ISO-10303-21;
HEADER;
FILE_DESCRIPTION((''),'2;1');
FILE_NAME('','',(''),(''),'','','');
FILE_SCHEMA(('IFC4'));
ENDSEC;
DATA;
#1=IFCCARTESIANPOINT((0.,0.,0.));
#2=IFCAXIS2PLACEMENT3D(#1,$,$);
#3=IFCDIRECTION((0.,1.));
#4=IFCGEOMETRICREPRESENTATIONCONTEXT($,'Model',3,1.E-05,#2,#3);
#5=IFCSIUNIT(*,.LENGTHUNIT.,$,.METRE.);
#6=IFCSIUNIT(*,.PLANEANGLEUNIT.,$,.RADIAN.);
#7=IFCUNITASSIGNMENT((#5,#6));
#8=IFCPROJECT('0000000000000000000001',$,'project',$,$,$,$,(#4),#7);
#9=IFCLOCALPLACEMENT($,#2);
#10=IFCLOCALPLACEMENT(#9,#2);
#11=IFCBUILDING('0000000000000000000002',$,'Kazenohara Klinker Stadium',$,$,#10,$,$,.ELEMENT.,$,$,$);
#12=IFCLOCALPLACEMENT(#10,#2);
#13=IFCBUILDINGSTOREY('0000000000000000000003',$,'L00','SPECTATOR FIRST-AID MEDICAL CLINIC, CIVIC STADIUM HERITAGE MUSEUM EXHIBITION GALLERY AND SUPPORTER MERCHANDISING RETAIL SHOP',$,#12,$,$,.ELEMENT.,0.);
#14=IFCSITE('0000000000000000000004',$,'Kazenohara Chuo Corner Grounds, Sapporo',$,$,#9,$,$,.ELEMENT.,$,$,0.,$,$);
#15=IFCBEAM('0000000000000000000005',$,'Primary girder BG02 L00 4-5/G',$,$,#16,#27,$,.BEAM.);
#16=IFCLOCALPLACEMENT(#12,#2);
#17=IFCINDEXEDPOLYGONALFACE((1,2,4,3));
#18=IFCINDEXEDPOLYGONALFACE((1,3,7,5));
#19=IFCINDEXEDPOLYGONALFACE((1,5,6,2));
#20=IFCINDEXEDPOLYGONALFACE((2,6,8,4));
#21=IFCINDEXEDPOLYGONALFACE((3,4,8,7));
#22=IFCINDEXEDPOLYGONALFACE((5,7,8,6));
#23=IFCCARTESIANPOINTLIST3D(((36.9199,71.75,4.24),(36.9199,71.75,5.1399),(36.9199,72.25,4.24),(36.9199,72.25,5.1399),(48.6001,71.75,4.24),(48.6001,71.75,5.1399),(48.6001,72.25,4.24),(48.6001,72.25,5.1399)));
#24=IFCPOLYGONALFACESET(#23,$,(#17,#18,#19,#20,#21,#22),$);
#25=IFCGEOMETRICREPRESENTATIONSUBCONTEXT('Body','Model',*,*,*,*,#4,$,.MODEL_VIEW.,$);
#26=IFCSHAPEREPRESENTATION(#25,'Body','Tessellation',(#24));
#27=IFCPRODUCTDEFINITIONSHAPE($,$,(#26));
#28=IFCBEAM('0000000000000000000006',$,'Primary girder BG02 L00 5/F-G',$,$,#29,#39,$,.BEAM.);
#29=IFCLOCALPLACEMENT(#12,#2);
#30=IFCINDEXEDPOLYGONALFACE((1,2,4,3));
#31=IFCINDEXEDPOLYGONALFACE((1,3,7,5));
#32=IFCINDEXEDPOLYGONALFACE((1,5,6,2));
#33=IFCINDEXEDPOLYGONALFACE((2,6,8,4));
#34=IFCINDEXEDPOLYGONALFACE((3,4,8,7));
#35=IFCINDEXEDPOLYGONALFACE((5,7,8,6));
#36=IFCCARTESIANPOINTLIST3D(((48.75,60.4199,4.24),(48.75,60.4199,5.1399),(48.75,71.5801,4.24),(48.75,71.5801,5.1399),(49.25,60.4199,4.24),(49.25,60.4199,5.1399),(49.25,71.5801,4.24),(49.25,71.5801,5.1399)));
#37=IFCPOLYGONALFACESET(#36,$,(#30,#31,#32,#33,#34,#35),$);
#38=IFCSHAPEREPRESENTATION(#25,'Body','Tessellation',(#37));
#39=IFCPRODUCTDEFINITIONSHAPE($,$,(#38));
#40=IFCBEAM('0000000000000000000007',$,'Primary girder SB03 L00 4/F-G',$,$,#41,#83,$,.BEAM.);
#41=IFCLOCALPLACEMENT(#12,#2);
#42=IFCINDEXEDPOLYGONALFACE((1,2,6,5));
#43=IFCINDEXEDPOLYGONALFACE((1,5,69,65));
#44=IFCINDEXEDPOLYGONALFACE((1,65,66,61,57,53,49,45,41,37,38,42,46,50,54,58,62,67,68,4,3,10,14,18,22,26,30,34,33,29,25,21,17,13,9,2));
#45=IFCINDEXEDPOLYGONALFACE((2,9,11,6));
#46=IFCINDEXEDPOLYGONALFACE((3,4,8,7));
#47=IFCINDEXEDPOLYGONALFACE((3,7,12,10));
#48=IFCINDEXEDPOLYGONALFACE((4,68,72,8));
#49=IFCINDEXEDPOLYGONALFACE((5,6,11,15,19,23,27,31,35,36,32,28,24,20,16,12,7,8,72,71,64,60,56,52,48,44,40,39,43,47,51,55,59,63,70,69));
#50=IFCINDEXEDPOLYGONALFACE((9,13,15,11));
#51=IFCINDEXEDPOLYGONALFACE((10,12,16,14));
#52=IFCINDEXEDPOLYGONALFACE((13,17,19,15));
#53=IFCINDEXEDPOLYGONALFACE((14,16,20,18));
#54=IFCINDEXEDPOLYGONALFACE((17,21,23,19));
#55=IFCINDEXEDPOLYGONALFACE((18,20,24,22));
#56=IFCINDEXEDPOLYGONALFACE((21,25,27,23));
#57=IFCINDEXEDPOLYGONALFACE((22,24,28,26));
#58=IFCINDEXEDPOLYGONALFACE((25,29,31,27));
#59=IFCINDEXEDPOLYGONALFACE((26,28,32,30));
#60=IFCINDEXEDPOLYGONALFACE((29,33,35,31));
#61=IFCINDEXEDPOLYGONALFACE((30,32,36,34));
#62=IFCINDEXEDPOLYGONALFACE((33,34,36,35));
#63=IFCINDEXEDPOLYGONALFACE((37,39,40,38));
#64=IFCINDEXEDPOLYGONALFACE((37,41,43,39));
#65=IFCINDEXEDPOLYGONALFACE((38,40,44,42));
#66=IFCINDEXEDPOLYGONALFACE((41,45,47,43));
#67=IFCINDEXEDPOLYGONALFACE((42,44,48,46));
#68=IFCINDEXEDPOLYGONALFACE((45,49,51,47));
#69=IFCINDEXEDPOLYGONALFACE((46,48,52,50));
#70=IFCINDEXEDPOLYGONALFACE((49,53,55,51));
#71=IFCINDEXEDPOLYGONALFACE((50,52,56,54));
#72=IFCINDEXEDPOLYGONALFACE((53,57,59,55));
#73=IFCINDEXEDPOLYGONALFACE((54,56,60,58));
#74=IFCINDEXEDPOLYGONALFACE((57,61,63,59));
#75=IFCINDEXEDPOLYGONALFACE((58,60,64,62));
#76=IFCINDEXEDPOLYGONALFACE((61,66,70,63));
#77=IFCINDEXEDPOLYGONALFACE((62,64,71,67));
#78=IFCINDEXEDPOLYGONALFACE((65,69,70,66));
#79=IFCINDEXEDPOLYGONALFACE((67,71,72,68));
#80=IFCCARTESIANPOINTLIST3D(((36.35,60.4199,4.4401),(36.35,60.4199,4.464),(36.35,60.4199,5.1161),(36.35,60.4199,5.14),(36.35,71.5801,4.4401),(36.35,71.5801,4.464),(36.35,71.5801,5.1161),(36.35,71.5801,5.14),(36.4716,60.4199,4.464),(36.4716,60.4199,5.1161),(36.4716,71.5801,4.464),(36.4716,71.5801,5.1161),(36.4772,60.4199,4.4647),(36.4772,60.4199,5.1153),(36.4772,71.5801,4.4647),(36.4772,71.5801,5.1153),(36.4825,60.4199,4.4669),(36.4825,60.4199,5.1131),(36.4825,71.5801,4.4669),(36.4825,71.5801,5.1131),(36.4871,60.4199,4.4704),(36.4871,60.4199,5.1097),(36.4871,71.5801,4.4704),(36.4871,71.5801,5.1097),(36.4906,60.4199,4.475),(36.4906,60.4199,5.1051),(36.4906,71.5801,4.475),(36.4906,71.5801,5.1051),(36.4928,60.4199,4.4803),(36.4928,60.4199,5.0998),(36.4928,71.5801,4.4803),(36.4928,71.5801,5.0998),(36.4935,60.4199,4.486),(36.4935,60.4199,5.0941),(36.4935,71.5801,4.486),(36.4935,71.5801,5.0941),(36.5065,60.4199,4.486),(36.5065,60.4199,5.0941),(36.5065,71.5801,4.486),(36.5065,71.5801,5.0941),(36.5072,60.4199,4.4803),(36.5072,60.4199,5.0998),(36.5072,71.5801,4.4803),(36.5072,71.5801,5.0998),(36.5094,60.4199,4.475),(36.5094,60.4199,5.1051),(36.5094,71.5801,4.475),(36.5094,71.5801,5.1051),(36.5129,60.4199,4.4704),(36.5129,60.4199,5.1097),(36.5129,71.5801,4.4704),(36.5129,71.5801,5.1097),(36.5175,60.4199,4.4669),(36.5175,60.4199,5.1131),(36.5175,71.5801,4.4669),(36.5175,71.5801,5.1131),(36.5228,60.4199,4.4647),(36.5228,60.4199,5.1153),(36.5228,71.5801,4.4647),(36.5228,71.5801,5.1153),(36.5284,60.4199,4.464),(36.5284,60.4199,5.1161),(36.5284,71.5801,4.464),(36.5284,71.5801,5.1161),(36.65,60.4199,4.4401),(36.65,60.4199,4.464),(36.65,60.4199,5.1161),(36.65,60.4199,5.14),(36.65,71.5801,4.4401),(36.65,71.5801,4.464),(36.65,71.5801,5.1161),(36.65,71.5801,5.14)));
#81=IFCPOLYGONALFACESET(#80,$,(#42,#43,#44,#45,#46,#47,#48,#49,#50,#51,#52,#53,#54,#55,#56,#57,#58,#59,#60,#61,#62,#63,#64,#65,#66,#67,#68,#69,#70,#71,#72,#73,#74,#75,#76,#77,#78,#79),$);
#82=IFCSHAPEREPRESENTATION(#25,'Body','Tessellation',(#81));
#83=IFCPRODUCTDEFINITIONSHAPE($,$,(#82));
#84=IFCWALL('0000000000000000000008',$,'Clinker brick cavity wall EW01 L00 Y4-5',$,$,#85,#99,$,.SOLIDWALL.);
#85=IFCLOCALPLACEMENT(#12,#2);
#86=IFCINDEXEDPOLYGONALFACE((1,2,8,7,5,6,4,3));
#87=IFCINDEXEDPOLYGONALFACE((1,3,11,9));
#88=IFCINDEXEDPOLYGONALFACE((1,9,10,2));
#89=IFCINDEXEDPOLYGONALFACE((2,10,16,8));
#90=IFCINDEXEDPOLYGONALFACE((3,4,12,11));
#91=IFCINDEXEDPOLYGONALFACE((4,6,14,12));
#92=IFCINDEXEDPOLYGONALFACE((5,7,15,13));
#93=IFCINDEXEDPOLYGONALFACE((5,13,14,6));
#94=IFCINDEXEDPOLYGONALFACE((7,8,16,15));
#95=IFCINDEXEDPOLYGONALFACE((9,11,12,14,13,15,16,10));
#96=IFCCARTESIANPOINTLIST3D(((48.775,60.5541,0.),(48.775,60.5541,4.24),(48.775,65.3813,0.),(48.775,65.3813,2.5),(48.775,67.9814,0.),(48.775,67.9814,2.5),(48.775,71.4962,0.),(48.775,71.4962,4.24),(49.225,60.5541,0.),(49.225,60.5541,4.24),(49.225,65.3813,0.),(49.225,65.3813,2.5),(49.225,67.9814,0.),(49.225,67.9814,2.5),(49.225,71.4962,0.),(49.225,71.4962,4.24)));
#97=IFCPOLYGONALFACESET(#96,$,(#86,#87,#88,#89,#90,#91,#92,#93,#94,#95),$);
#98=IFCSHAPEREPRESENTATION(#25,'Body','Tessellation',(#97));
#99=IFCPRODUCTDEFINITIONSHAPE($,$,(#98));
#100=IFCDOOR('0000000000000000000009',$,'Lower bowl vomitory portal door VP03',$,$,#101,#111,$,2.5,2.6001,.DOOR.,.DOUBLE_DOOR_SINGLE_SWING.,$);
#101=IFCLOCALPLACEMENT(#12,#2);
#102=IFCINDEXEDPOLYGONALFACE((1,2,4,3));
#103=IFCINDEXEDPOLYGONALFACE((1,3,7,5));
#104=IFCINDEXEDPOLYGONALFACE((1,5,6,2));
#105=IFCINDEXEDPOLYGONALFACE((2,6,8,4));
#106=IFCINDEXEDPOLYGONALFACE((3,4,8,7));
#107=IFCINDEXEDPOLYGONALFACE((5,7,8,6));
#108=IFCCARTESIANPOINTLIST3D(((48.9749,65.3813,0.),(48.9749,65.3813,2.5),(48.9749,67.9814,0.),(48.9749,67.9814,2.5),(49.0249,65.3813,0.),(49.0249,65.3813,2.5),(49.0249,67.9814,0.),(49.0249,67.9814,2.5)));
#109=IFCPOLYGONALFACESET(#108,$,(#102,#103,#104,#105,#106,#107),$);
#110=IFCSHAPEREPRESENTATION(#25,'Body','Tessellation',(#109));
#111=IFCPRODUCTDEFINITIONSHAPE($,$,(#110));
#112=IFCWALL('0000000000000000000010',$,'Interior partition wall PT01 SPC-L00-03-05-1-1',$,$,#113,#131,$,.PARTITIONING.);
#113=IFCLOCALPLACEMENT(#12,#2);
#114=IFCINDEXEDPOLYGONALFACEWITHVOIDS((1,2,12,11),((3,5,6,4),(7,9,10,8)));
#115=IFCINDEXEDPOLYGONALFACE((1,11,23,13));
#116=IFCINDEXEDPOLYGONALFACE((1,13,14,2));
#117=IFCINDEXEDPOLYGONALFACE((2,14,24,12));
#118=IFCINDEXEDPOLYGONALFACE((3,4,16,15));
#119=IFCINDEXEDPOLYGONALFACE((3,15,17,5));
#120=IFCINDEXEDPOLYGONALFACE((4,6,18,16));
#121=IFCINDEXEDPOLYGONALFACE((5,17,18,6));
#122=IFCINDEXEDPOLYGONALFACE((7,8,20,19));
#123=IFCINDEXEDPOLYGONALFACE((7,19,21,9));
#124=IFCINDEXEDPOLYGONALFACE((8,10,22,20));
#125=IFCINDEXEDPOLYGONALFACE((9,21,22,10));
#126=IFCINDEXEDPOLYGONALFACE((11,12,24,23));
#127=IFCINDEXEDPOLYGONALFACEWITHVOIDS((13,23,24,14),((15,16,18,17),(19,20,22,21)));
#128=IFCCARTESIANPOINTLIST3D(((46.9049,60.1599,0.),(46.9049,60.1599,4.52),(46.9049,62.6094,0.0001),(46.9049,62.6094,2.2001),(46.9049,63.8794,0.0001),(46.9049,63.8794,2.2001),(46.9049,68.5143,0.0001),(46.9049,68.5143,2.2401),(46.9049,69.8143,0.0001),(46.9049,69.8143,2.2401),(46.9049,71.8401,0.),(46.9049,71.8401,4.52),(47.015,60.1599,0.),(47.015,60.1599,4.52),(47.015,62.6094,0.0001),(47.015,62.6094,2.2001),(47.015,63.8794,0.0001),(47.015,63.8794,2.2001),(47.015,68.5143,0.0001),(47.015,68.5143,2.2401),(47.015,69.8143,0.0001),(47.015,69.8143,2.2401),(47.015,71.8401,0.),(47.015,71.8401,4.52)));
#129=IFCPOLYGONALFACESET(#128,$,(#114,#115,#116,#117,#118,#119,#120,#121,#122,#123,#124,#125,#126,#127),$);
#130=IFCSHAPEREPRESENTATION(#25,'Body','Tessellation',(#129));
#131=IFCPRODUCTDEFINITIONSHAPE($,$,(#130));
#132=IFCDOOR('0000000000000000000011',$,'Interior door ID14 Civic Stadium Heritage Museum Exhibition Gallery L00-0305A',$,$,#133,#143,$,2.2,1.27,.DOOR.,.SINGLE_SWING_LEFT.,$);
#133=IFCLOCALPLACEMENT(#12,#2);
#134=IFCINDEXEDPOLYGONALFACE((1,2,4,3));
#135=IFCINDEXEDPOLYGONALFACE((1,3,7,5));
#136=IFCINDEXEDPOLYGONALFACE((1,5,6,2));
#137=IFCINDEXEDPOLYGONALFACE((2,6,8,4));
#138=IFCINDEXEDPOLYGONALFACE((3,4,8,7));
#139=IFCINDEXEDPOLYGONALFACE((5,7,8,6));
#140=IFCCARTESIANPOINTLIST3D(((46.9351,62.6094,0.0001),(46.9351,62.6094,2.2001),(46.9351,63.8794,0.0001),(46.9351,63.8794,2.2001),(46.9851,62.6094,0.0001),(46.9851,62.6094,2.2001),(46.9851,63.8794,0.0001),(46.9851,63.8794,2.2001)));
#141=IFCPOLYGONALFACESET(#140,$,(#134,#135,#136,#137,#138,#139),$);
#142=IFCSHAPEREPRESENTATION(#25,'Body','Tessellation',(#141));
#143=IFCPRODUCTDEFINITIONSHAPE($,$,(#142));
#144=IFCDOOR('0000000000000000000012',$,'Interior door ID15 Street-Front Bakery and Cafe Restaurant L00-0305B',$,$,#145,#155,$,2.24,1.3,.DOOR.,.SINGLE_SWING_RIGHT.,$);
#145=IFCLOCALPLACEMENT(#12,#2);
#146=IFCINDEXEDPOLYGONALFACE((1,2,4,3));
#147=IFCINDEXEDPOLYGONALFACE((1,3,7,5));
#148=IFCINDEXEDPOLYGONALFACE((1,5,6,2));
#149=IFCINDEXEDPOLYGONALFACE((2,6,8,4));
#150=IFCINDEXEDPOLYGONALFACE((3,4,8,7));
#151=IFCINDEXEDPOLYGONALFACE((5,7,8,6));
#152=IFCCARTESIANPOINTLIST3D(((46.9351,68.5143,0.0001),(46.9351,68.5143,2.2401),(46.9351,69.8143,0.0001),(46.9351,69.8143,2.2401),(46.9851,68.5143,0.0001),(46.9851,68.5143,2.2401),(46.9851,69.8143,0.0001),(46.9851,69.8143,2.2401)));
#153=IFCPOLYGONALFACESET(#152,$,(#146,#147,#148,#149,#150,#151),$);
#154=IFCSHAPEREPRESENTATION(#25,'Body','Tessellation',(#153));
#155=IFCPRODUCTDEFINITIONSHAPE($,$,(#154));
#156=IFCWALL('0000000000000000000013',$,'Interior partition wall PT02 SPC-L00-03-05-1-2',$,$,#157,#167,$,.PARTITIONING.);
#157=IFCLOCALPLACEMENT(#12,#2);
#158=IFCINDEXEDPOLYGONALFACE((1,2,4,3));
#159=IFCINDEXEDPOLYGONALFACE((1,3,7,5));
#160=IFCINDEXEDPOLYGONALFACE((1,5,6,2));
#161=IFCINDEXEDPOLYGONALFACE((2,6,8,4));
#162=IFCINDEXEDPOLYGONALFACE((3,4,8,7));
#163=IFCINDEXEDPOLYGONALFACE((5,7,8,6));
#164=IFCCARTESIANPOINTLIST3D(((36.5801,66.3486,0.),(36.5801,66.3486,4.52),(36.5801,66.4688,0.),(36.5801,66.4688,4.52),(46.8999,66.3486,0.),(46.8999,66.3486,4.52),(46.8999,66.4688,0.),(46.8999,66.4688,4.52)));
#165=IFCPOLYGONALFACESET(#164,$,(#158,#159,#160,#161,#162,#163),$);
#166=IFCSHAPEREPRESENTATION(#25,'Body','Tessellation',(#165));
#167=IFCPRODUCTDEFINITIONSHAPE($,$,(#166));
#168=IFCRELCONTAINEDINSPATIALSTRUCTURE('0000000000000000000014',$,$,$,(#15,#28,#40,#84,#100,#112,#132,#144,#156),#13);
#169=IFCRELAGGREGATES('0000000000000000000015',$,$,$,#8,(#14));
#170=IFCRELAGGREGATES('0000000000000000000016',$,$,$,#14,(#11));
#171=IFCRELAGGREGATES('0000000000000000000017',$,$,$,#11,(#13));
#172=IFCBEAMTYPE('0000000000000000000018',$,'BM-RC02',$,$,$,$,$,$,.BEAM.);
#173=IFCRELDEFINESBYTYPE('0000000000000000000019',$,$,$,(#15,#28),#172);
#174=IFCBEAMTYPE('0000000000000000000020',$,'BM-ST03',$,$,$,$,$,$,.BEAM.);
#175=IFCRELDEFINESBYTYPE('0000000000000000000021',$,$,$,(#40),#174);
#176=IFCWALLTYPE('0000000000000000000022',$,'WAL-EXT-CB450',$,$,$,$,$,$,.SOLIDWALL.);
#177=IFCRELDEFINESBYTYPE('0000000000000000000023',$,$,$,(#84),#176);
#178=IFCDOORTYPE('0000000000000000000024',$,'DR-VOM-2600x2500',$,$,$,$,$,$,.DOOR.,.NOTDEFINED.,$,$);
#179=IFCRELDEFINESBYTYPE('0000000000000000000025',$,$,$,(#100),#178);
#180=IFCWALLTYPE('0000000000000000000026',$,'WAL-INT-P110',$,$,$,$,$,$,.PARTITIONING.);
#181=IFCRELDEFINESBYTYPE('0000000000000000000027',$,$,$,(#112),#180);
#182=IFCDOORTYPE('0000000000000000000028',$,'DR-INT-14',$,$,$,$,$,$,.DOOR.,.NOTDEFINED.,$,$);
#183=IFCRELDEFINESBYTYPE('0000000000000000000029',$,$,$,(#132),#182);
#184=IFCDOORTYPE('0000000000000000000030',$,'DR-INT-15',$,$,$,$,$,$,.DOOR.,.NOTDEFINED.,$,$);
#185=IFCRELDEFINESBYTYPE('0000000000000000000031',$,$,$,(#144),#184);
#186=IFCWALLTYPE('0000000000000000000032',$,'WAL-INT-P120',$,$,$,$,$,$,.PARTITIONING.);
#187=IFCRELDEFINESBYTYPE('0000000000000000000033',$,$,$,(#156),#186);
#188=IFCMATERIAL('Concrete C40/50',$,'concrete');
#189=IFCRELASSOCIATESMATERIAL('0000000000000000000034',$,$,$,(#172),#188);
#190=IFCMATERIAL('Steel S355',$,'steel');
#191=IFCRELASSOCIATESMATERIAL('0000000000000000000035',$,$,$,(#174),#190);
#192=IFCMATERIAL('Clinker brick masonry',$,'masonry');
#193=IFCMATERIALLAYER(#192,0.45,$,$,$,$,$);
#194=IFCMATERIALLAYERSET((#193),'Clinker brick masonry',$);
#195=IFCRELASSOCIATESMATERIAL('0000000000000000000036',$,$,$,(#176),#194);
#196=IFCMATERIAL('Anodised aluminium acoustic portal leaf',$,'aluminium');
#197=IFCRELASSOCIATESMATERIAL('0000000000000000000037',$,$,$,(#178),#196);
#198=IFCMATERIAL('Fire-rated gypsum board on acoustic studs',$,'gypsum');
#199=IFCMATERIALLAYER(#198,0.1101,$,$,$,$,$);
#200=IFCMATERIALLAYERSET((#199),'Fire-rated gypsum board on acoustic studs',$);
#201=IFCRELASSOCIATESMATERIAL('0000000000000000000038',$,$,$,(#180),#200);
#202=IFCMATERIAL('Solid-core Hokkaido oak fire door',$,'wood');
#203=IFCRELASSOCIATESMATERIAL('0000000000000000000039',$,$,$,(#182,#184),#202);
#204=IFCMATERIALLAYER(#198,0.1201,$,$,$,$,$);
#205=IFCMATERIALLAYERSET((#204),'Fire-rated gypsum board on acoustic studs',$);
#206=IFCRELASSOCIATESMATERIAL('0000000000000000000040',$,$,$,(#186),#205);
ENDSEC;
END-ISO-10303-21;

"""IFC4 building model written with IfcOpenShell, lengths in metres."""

from ifc_helpers import new_model, si_unit, direction, frame, frame_2d, origin, origin_2d, place, context, subcontext, project, spatial, rectangle, i_section, extrude, material, layer, layer_set, material_profile, profile_set, type_object, element, fill, save


model = new_model("IFC4")

# Units and contexts
model_context = context("Model", 3, precision=1e-05, world=origin(), true_north=direction((0.0, 1.0)))
body_context = subcontext(model_context, "Body", "Model", "MODEL_VIEW")
ifc_project = project(units=[si_unit("LENGTHUNIT", "METRE"), si_unit("PLANEANGLEUNIT", "RADIAN")], contexts=[model_context])

# Site, building, storey
site_placement = place(None, origin())
site = spatial("IfcSite", under=ifc_project, at=site_placement, Name="Kazenohara Chuo Corner Grounds, Sapporo", CompositionType="ELEMENT", RefElevation=0.0)
building_placement = place(site_placement, origin())
building = spatial("IfcBuilding", under=site, at=building_placement, Name="Kazenohara Klinker Stadium", CompositionType="ELEMENT")
storey_placement = place(building_placement, origin())
storey = spatial("IfcBuildingStorey", under=building, at=storey_placement, Name="L00", Description="SPECTATOR FIRST-AID MEDICAL CLINIC, CIVIC STADIUM HERITAGE MUSEUM EXHIBITION GALLERY AND SUPPORTER MERCHANDISING RETAIL SHOP", CompositionType="ELEMENT", Elevation=0.0)

# Shared definitions
ifc_material_1 = material(Name="Concrete C40/50", Category="concrete")

# Beams
ifc_material_2 = material(Name="Steel S355", Category="steel")
ifc_material_profile_1 = material_profile(ifc_material_1, rectangle(XDim=0.5, YDim=0.8999, at=origin_2d()), Name="RC-BM-500x900")
ifc_profile_set_1 = profile_set([ifc_material_profile_1], Name="Concrete C40/50")
beam_type_1 = type_object("IfcBeamType", Name="BM-RC02", PredefinedType="BEAM", material=ifc_profile_set_1)
beam_1_placement = place(storey_placement, frame((36.9199, 72.0, 4.6899), z_axis=(1.0, 0.0, 0.0), x_axis=(0.0, 1.0, 0.0)))
element("IfcBeam", 1, at=beam_1_placement, inside=storey, type_object=beam_type_1, Name="Primary girder BG02 L00 4-5/G", PredefinedType="BEAM", context=body_context, shape_type="SweptSolid", body=[
    extrude(rectangle(XDim=0.5, YDim=0.8999, at=origin_2d()), origin(), (0.0, 0.0, 1.0), 11.6802),
])
beam_2_placement = place(storey_placement, frame((49.0, 60.4199, 4.6899), z_axis=(0.0, 1.0, 0.0), x_axis=(-1.0, 0.0, 0.0)))
element("IfcBeam", 2, at=beam_2_placement, inside=storey, type_object=beam_type_1, Name="Primary girder BG02 L00 5/F-G", PredefinedType="BEAM", context=body_context, shape_type="SweptSolid", body=[
    extrude(rectangle(XDim=0.5, YDim=0.8999, at=origin_2d()), origin(), (0.0, 0.0, 1.0), 11.1602),
])
ifc_material_profile_2 = material_profile(ifc_material_2, i_section(OverallWidth=0.3, OverallDepth=0.7, WebThickness=0.0129, FlangeThickness=0.0239, FilletRadius=0.022, at=origin_2d()), Name="H-700x300x13x24")
ifc_profile_set_2 = profile_set([ifc_material_profile_2], Name="Steel S355")
beam_type_2 = type_object("IfcBeamType", Name="BM-ST03", PredefinedType="BEAM", material=ifc_profile_set_2)
beam_3_placement = place(storey_placement, frame((36.5, 60.4199, 4.79), z_axis=(0.0, 1.0, 0.0), x_axis=(-1.0, 0.0, 0.0)))
element("IfcBeam", 3, at=beam_3_placement, inside=storey, type_object=beam_type_2, Name="Primary girder SB03 L00 4/F-G", PredefinedType="BEAM", context=body_context, shape_type="SweptSolid", body=[
    extrude(i_section(OverallWidth=0.3, OverallDepth=0.7, WebThickness=0.0129, FlangeThickness=0.0239, FilletRadius=0.022, at=origin_2d()), origin(), (0.0, 0.0, 1.0), 11.1602),
])

# Wall, opening, door
ifc_material_3 = material(Name="Clinker brick masonry", Category="masonry")
ifc_layer_1 = layer(ifc_material_3, 0.45)
ifc_layer_set_1 = layer_set([ifc_layer_1], Name="Clinker brick masonry")
wall_type_1 = type_object("IfcWallType", Name="WAL-EXT-CB450", PredefinedType="SOLIDWALL", material=ifc_layer_set_1)
wall_1_placement = place(storey_placement, frame((49.0, 60.554, 0.0), z_axis=(0.0, 0.0, 1.0), x_axis=(0.0, 1.0, 0.0)))
wall_1 = element("IfcWall", 4, at=wall_1_placement, inside=storey, type_object=wall_type_1, Name="Clinker brick cavity wall EW01 L00 Y4-5", PredefinedType="SOLIDWALL", context=body_context, shape_type="SweptSolid", body=[
    extrude(rectangle(XDim=10.9421, YDim=0.45, at=frame_2d((5.4712, 0.0))), origin(), (0.0, 0.0, 1.0), 4.24),
])
opening_1_placement = place(wall_1_placement, frame((7.4275, 0.0, 0.0), z_axis=(0.0, 0.0, 1.0), x_axis=(-1.0, 0.0, 0.0)))
opening_1 = element("IfcOpeningElement", 5, at=opening_1_placement, cuts=wall_1, PredefinedType="OPENING", context=body_context, shape_type="SweptSolid", body=[
    extrude(rectangle(XDim=2.6001, YDim=2.5, at=frame_2d((1.3, 1.25))), frame((0.0, 0.2349, 0.0), z_axis=(0.0, -1.0, 0.0), x_axis=(1.0, 0.0, 0.0)), (0.0, 0.0, 1.0), 0.47),
])
ifc_material_4 = material(Name="Anodised aluminium acoustic portal leaf", Category="aluminium")
door_type_1 = type_object("IfcDoorType", Name="DR-VOM-2600x2500", OperationType="NOTDEFINED", PredefinedType="DOOR", material=ifc_material_4)
door_1_placement = place(opening_1_placement, origin())
door_1 = element("IfcDoor", 6, at=door_1_placement, inside=storey, type_object=door_type_1, Name="Lower bowl vomitory portal door VP03", OperationType="DOUBLE_DOOR_SINGLE_SWING", OverallHeight=2.5, OverallWidth=2.6001, PredefinedType="DOOR", context=body_context, shape_type="SweptSolid", body=[
    extrude(rectangle(XDim=2.6001, YDim=2.5, at=frame_2d((1.3, 1.25))), frame((0.0, 0.0249, 0.0), z_axis=(0.0, -1.0, 0.0), x_axis=(1.0, 0.0, 0.0)), (0.0, 0.0, 1.0), 0.05),
])
fill(opening_1, door_1)

# Wall, openings, doors
ifc_material_5 = material(Name="Fire-rated gypsum board on acoustic studs", Category="gypsum")
ifc_layer_2 = layer(ifc_material_5, 0.1101)
ifc_layer_set_2 = layer_set([ifc_layer_2], Name="Fire-rated gypsum board on acoustic studs")
wall_type_2 = type_object("IfcWallType", Name="WAL-INT-P110", PredefinedType="PARTITIONING", material=ifc_layer_set_2)
wall_2_placement = place(storey_placement, frame((46.96, 60.1599, 0.0), z_axis=(0.0, 0.0, 1.0), x_axis=(0.0, 1.0, 0.0)))
wall_2 = element("IfcWall", 7, at=wall_2_placement, inside=storey, type_object=wall_type_2, Name="Interior partition wall PT01 SPC-L00-03-05-1-1", PredefinedType="PARTITIONING", context=body_context, shape_type="SweptSolid", body=[
    extrude(rectangle(XDim=11.6802, YDim=0.1101, at=frame_2d((5.8401, 0.0))), origin(), (0.0, 0.0, 1.0), 4.52),
])
opening_2_placement = place(wall_2_placement, frame((2.4495, 0.0, 0.0)))
opening_2 = element("IfcOpeningElement", 8, at=opening_2_placement, cuts=wall_2, PredefinedType="OPENING", context=body_context, shape_type="SweptSolid", body=[
    extrude(rectangle(XDim=1.27, YDim=2.2, at=frame_2d((0.635, 1.1001))), frame((0.0, 0.0649, 0.0), z_axis=(0.0, -1.0, 0.0), x_axis=(1.0, 0.0, 0.0)), (0.0, 0.0, 1.0), 0.1301),
])
opening_3_placement = place(wall_2_placement, frame((8.3545, 0.0, 0.0)))
opening_3 = element("IfcOpeningElement", 9, at=opening_3_placement, cuts=wall_2, PredefinedType="OPENING", context=body_context, shape_type="SweptSolid", body=[
    extrude(rectangle(XDim=1.3, YDim=2.24, at=frame_2d((0.6499, 1.1201))), frame((0.0, 0.0649, 0.0), z_axis=(0.0, -1.0, 0.0), x_axis=(1.0, 0.0, 0.0)), (0.0, 0.0, 1.0), 0.1301),
])
ifc_material_6 = material(Name="Solid-core Hokkaido oak fire door", Category="wood")
door_type_2 = type_object("IfcDoorType", Name="DR-INT-14", OperationType="NOTDEFINED", PredefinedType="DOOR", material=ifc_material_6)
door_2_placement = place(opening_2_placement, origin())
door_2 = element("IfcDoor", 10, at=door_2_placement, inside=storey, type_object=door_type_2, Name="Interior door ID14 Civic Stadium Heritage Museum Exhibition Gallery L00-0305A", OperationType="SINGLE_SWING_LEFT", OverallHeight=2.2, OverallWidth=1.27, PredefinedType="DOOR", context=body_context, shape_type="SweptSolid", body=[
    extrude(rectangle(XDim=1.27, YDim=2.2, at=frame_2d((0.635, 1.1001))), frame((0.0, 0.0249, 0.0), z_axis=(0.0, -1.0, 0.0), x_axis=(1.0, 0.0, 0.0)), (0.0, 0.0, 1.0), 0.05),
])
fill(opening_2, door_2)
door_type_3 = type_object("IfcDoorType", Name="DR-INT-15", OperationType="NOTDEFINED", PredefinedType="DOOR", material=ifc_material_6)
door_3_placement = place(opening_3_placement, origin())
door_3 = element("IfcDoor", 11, at=door_3_placement, inside=storey, type_object=door_type_3, Name="Interior door ID15 Street-Front Bakery and Cafe Restaurant L00-0305B", OperationType="SINGLE_SWING_RIGHT", OverallHeight=2.24, OverallWidth=1.3, PredefinedType="DOOR", context=body_context, shape_type="SweptSolid", body=[
    extrude(rectangle(XDim=1.3, YDim=2.24, at=frame_2d((0.6499, 1.1201))), frame((0.0, 0.0249, 0.0), z_axis=(0.0, -1.0, 0.0), x_axis=(1.0, 0.0, 0.0)), (0.0, 0.0, 1.0), 0.05),
])
fill(opening_3, door_3)

# Wall
ifc_layer_3 = layer(ifc_material_5, 0.1201)
ifc_layer_set_3 = layer_set([ifc_layer_3], Name="Fire-rated gypsum board on acoustic studs")
wall_type_3 = type_object("IfcWallType", Name="WAL-INT-P120", PredefinedType="PARTITIONING", material=ifc_layer_set_3)
wall_3_placement = place(storey_placement, frame((36.5801, 66.4087, 0.0), z_axis=(0.0, 0.0, 1.0), x_axis=(1.0, 0.0, 0.0)))
element("IfcWall", 12, at=wall_3_placement, inside=storey, type_object=wall_type_3, Name="Interior partition wall PT02 SPC-L00-03-05-1-2", PredefinedType="PARTITIONING", context=body_context, shape_type="SweptSolid", body=[
    extrude(rectangle(XDim=10.3198, YDim=0.1201, at=frame_2d((5.1599, 0.0))), origin(), (0.0, 0.0, 1.0), 4.52),
])

save(model, "model.ifc")
